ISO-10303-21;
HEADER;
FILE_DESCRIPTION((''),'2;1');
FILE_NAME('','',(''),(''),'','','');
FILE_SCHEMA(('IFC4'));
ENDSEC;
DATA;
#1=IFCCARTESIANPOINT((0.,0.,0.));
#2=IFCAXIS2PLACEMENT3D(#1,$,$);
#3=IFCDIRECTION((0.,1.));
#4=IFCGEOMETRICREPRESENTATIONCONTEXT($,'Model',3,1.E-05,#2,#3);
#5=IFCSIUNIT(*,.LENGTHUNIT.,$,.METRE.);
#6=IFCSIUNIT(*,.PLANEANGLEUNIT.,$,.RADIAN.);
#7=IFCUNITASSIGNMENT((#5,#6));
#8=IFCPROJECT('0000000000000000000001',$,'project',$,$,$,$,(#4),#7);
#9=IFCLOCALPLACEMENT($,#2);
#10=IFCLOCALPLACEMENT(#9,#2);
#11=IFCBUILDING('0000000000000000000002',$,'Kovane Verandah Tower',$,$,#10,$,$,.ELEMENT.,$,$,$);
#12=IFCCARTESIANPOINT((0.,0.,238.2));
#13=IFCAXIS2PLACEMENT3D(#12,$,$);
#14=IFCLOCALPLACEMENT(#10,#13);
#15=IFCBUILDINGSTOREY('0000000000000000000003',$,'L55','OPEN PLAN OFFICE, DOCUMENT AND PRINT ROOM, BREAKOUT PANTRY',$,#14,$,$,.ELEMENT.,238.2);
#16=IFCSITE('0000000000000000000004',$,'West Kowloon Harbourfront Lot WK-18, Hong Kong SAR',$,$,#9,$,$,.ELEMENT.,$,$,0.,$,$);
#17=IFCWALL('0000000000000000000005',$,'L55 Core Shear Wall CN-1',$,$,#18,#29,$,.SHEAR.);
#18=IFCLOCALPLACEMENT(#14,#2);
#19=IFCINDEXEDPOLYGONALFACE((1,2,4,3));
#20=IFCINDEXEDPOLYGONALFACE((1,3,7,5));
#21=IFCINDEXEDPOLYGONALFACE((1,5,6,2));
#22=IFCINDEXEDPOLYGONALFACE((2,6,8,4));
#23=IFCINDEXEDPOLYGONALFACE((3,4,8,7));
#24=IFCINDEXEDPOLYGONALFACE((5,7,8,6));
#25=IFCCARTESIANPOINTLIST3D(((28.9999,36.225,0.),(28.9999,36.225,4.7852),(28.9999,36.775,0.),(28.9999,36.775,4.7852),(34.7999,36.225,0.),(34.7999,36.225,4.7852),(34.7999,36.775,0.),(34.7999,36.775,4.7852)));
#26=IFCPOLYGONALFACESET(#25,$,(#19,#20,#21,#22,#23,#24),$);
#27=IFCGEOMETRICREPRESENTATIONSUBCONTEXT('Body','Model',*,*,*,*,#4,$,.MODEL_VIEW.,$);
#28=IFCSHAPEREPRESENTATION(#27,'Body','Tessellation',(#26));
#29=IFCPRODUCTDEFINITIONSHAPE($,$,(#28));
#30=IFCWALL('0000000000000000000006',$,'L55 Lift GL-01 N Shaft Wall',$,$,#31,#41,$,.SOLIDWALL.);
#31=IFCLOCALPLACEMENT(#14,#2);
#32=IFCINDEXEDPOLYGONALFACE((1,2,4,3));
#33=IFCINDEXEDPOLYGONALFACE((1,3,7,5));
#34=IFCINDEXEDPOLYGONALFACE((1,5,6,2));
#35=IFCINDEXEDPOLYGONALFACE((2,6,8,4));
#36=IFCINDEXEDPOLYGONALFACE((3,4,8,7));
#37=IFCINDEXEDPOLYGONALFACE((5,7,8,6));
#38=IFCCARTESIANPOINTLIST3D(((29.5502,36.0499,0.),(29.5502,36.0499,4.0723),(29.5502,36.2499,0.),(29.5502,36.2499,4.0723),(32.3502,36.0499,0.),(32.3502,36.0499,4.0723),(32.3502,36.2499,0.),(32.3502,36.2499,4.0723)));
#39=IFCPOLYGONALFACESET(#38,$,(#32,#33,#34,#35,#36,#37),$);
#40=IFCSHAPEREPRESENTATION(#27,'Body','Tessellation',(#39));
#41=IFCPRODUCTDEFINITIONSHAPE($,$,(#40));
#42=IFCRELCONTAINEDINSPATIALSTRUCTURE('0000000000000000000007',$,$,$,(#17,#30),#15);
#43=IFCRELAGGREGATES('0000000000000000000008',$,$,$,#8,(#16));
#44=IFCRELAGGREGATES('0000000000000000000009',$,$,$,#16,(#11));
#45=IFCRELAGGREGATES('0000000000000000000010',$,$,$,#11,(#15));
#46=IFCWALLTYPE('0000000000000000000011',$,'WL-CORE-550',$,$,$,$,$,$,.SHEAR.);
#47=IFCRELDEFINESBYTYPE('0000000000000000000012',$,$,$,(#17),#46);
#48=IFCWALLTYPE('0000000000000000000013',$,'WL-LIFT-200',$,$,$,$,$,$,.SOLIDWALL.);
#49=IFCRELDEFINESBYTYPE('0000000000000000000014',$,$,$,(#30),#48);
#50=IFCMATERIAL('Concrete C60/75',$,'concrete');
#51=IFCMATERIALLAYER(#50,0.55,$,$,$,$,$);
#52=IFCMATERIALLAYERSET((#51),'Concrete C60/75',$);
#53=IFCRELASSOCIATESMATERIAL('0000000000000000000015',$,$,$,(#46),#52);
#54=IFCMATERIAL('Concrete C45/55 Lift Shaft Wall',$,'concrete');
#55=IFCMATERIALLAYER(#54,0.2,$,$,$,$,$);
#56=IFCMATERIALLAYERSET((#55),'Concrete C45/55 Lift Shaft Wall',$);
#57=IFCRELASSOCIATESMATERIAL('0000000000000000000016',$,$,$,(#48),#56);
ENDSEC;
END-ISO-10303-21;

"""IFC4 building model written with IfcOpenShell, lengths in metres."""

from ifc_helpers import new_model, si_unit, direction, frame, frame_2d, origin, place, context, subcontext, project, spatial, rectangle, extrude, material, layer, layer_set, type_object, element, save


model = new_model("IFC4")

# Units and contexts
model_context = context("Model", 3, precision=1e-05, world=origin(), true_north=direction((0.0, 1.0)))
body_context = subcontext(model_context, "Body", "Model", "MODEL_VIEW")
ifc_project = project(units=[si_unit("LENGTHUNIT", "METRE"), si_unit("PLANEANGLEUNIT", "RADIAN")], contexts=[model_context])

# Site, building, storey
site_placement = place(None, origin())
site = spatial("IfcSite", under=ifc_project, at=site_placement, Name="West Kowloon Harbourfront Lot WK-18, Hong Kong SAR", CompositionType="ELEMENT", RefElevation=0.0)
building_placement = place(site_placement, origin())
building = spatial("IfcBuilding", under=site, at=building_placement, Name="Kovane Verandah Tower", CompositionType="ELEMENT")
storey_placement = place(building_placement, frame((0.0, 0.0, 238.2)))
storey = spatial("IfcBuildingStorey", under=building, at=storey_placement, Name="L55", Description="OPEN PLAN OFFICE, DOCUMENT AND PRINT ROOM, BREAKOUT PANTRY", CompositionType="ELEMENT", Elevation=238.2)

# Shared definitions
ifc_material_1 = material(Name="Concrete C60/75", Category="concrete")

# Wall
ifc_layer_1 = layer(ifc_material_1, 0.55)
ifc_layer_set_1 = layer_set([ifc_layer_1], Name="Concrete C60/75")
wall_type_1 = type_object("IfcWallType", Name="WL-CORE-550", PredefinedType="SHEAR", material=ifc_layer_set_1)
wall_1_placement = place(storey_placement, frame((29.0, 36.5, 0.0), z_axis=(0.0, 0.0, 1.0), x_axis=(1.0, 0.0, 0.0)))
element("IfcWall", 1, at=wall_1_placement, inside=storey, type_object=wall_type_1, Name="L55 Core Shear Wall CN-1", PredefinedType="SHEAR", context=body_context, shape_type="SweptSolid", body=[
    extrude(rectangle(XDim=5.8, YDim=0.55, at=frame_2d((2.8999, 0.0))), origin(), (0.0, 0.0, 1.0), 4.7852),
])

# Wall
ifc_material_2 = material(Name="Concrete C45/55 Lift Shaft Wall", Category="concrete")
ifc_layer_2 = layer(ifc_material_2, 0.2)
ifc_layer_set_2 = layer_set([ifc_layer_2], Name="Concrete C45/55 Lift Shaft Wall")
wall_type_2 = type_object("IfcWallType", Name="WL-LIFT-200", PredefinedType="SOLIDWALL", material=ifc_layer_set_2)
wall_2_placement = place(storey_placement, frame((32.3501, 36.1499, 0.0), z_axis=(0.0, 0.0, 1.0), x_axis=(-1.0, 0.0, 0.0)))
element("IfcWall", 2, at=wall_2_placement, inside=storey, type_object=wall_type_2, Name="L55 Lift GL-01 N Shaft Wall", PredefinedType="SOLIDWALL", context=body_context, shape_type="SweptSolid", body=[
    extrude(rectangle(XDim=2.8, YDim=0.2, at=frame_2d((1.3999, 0.0))), origin(), (0.0, 0.0, 1.0), 4.0723),
])

save(model, "model.ifc")
